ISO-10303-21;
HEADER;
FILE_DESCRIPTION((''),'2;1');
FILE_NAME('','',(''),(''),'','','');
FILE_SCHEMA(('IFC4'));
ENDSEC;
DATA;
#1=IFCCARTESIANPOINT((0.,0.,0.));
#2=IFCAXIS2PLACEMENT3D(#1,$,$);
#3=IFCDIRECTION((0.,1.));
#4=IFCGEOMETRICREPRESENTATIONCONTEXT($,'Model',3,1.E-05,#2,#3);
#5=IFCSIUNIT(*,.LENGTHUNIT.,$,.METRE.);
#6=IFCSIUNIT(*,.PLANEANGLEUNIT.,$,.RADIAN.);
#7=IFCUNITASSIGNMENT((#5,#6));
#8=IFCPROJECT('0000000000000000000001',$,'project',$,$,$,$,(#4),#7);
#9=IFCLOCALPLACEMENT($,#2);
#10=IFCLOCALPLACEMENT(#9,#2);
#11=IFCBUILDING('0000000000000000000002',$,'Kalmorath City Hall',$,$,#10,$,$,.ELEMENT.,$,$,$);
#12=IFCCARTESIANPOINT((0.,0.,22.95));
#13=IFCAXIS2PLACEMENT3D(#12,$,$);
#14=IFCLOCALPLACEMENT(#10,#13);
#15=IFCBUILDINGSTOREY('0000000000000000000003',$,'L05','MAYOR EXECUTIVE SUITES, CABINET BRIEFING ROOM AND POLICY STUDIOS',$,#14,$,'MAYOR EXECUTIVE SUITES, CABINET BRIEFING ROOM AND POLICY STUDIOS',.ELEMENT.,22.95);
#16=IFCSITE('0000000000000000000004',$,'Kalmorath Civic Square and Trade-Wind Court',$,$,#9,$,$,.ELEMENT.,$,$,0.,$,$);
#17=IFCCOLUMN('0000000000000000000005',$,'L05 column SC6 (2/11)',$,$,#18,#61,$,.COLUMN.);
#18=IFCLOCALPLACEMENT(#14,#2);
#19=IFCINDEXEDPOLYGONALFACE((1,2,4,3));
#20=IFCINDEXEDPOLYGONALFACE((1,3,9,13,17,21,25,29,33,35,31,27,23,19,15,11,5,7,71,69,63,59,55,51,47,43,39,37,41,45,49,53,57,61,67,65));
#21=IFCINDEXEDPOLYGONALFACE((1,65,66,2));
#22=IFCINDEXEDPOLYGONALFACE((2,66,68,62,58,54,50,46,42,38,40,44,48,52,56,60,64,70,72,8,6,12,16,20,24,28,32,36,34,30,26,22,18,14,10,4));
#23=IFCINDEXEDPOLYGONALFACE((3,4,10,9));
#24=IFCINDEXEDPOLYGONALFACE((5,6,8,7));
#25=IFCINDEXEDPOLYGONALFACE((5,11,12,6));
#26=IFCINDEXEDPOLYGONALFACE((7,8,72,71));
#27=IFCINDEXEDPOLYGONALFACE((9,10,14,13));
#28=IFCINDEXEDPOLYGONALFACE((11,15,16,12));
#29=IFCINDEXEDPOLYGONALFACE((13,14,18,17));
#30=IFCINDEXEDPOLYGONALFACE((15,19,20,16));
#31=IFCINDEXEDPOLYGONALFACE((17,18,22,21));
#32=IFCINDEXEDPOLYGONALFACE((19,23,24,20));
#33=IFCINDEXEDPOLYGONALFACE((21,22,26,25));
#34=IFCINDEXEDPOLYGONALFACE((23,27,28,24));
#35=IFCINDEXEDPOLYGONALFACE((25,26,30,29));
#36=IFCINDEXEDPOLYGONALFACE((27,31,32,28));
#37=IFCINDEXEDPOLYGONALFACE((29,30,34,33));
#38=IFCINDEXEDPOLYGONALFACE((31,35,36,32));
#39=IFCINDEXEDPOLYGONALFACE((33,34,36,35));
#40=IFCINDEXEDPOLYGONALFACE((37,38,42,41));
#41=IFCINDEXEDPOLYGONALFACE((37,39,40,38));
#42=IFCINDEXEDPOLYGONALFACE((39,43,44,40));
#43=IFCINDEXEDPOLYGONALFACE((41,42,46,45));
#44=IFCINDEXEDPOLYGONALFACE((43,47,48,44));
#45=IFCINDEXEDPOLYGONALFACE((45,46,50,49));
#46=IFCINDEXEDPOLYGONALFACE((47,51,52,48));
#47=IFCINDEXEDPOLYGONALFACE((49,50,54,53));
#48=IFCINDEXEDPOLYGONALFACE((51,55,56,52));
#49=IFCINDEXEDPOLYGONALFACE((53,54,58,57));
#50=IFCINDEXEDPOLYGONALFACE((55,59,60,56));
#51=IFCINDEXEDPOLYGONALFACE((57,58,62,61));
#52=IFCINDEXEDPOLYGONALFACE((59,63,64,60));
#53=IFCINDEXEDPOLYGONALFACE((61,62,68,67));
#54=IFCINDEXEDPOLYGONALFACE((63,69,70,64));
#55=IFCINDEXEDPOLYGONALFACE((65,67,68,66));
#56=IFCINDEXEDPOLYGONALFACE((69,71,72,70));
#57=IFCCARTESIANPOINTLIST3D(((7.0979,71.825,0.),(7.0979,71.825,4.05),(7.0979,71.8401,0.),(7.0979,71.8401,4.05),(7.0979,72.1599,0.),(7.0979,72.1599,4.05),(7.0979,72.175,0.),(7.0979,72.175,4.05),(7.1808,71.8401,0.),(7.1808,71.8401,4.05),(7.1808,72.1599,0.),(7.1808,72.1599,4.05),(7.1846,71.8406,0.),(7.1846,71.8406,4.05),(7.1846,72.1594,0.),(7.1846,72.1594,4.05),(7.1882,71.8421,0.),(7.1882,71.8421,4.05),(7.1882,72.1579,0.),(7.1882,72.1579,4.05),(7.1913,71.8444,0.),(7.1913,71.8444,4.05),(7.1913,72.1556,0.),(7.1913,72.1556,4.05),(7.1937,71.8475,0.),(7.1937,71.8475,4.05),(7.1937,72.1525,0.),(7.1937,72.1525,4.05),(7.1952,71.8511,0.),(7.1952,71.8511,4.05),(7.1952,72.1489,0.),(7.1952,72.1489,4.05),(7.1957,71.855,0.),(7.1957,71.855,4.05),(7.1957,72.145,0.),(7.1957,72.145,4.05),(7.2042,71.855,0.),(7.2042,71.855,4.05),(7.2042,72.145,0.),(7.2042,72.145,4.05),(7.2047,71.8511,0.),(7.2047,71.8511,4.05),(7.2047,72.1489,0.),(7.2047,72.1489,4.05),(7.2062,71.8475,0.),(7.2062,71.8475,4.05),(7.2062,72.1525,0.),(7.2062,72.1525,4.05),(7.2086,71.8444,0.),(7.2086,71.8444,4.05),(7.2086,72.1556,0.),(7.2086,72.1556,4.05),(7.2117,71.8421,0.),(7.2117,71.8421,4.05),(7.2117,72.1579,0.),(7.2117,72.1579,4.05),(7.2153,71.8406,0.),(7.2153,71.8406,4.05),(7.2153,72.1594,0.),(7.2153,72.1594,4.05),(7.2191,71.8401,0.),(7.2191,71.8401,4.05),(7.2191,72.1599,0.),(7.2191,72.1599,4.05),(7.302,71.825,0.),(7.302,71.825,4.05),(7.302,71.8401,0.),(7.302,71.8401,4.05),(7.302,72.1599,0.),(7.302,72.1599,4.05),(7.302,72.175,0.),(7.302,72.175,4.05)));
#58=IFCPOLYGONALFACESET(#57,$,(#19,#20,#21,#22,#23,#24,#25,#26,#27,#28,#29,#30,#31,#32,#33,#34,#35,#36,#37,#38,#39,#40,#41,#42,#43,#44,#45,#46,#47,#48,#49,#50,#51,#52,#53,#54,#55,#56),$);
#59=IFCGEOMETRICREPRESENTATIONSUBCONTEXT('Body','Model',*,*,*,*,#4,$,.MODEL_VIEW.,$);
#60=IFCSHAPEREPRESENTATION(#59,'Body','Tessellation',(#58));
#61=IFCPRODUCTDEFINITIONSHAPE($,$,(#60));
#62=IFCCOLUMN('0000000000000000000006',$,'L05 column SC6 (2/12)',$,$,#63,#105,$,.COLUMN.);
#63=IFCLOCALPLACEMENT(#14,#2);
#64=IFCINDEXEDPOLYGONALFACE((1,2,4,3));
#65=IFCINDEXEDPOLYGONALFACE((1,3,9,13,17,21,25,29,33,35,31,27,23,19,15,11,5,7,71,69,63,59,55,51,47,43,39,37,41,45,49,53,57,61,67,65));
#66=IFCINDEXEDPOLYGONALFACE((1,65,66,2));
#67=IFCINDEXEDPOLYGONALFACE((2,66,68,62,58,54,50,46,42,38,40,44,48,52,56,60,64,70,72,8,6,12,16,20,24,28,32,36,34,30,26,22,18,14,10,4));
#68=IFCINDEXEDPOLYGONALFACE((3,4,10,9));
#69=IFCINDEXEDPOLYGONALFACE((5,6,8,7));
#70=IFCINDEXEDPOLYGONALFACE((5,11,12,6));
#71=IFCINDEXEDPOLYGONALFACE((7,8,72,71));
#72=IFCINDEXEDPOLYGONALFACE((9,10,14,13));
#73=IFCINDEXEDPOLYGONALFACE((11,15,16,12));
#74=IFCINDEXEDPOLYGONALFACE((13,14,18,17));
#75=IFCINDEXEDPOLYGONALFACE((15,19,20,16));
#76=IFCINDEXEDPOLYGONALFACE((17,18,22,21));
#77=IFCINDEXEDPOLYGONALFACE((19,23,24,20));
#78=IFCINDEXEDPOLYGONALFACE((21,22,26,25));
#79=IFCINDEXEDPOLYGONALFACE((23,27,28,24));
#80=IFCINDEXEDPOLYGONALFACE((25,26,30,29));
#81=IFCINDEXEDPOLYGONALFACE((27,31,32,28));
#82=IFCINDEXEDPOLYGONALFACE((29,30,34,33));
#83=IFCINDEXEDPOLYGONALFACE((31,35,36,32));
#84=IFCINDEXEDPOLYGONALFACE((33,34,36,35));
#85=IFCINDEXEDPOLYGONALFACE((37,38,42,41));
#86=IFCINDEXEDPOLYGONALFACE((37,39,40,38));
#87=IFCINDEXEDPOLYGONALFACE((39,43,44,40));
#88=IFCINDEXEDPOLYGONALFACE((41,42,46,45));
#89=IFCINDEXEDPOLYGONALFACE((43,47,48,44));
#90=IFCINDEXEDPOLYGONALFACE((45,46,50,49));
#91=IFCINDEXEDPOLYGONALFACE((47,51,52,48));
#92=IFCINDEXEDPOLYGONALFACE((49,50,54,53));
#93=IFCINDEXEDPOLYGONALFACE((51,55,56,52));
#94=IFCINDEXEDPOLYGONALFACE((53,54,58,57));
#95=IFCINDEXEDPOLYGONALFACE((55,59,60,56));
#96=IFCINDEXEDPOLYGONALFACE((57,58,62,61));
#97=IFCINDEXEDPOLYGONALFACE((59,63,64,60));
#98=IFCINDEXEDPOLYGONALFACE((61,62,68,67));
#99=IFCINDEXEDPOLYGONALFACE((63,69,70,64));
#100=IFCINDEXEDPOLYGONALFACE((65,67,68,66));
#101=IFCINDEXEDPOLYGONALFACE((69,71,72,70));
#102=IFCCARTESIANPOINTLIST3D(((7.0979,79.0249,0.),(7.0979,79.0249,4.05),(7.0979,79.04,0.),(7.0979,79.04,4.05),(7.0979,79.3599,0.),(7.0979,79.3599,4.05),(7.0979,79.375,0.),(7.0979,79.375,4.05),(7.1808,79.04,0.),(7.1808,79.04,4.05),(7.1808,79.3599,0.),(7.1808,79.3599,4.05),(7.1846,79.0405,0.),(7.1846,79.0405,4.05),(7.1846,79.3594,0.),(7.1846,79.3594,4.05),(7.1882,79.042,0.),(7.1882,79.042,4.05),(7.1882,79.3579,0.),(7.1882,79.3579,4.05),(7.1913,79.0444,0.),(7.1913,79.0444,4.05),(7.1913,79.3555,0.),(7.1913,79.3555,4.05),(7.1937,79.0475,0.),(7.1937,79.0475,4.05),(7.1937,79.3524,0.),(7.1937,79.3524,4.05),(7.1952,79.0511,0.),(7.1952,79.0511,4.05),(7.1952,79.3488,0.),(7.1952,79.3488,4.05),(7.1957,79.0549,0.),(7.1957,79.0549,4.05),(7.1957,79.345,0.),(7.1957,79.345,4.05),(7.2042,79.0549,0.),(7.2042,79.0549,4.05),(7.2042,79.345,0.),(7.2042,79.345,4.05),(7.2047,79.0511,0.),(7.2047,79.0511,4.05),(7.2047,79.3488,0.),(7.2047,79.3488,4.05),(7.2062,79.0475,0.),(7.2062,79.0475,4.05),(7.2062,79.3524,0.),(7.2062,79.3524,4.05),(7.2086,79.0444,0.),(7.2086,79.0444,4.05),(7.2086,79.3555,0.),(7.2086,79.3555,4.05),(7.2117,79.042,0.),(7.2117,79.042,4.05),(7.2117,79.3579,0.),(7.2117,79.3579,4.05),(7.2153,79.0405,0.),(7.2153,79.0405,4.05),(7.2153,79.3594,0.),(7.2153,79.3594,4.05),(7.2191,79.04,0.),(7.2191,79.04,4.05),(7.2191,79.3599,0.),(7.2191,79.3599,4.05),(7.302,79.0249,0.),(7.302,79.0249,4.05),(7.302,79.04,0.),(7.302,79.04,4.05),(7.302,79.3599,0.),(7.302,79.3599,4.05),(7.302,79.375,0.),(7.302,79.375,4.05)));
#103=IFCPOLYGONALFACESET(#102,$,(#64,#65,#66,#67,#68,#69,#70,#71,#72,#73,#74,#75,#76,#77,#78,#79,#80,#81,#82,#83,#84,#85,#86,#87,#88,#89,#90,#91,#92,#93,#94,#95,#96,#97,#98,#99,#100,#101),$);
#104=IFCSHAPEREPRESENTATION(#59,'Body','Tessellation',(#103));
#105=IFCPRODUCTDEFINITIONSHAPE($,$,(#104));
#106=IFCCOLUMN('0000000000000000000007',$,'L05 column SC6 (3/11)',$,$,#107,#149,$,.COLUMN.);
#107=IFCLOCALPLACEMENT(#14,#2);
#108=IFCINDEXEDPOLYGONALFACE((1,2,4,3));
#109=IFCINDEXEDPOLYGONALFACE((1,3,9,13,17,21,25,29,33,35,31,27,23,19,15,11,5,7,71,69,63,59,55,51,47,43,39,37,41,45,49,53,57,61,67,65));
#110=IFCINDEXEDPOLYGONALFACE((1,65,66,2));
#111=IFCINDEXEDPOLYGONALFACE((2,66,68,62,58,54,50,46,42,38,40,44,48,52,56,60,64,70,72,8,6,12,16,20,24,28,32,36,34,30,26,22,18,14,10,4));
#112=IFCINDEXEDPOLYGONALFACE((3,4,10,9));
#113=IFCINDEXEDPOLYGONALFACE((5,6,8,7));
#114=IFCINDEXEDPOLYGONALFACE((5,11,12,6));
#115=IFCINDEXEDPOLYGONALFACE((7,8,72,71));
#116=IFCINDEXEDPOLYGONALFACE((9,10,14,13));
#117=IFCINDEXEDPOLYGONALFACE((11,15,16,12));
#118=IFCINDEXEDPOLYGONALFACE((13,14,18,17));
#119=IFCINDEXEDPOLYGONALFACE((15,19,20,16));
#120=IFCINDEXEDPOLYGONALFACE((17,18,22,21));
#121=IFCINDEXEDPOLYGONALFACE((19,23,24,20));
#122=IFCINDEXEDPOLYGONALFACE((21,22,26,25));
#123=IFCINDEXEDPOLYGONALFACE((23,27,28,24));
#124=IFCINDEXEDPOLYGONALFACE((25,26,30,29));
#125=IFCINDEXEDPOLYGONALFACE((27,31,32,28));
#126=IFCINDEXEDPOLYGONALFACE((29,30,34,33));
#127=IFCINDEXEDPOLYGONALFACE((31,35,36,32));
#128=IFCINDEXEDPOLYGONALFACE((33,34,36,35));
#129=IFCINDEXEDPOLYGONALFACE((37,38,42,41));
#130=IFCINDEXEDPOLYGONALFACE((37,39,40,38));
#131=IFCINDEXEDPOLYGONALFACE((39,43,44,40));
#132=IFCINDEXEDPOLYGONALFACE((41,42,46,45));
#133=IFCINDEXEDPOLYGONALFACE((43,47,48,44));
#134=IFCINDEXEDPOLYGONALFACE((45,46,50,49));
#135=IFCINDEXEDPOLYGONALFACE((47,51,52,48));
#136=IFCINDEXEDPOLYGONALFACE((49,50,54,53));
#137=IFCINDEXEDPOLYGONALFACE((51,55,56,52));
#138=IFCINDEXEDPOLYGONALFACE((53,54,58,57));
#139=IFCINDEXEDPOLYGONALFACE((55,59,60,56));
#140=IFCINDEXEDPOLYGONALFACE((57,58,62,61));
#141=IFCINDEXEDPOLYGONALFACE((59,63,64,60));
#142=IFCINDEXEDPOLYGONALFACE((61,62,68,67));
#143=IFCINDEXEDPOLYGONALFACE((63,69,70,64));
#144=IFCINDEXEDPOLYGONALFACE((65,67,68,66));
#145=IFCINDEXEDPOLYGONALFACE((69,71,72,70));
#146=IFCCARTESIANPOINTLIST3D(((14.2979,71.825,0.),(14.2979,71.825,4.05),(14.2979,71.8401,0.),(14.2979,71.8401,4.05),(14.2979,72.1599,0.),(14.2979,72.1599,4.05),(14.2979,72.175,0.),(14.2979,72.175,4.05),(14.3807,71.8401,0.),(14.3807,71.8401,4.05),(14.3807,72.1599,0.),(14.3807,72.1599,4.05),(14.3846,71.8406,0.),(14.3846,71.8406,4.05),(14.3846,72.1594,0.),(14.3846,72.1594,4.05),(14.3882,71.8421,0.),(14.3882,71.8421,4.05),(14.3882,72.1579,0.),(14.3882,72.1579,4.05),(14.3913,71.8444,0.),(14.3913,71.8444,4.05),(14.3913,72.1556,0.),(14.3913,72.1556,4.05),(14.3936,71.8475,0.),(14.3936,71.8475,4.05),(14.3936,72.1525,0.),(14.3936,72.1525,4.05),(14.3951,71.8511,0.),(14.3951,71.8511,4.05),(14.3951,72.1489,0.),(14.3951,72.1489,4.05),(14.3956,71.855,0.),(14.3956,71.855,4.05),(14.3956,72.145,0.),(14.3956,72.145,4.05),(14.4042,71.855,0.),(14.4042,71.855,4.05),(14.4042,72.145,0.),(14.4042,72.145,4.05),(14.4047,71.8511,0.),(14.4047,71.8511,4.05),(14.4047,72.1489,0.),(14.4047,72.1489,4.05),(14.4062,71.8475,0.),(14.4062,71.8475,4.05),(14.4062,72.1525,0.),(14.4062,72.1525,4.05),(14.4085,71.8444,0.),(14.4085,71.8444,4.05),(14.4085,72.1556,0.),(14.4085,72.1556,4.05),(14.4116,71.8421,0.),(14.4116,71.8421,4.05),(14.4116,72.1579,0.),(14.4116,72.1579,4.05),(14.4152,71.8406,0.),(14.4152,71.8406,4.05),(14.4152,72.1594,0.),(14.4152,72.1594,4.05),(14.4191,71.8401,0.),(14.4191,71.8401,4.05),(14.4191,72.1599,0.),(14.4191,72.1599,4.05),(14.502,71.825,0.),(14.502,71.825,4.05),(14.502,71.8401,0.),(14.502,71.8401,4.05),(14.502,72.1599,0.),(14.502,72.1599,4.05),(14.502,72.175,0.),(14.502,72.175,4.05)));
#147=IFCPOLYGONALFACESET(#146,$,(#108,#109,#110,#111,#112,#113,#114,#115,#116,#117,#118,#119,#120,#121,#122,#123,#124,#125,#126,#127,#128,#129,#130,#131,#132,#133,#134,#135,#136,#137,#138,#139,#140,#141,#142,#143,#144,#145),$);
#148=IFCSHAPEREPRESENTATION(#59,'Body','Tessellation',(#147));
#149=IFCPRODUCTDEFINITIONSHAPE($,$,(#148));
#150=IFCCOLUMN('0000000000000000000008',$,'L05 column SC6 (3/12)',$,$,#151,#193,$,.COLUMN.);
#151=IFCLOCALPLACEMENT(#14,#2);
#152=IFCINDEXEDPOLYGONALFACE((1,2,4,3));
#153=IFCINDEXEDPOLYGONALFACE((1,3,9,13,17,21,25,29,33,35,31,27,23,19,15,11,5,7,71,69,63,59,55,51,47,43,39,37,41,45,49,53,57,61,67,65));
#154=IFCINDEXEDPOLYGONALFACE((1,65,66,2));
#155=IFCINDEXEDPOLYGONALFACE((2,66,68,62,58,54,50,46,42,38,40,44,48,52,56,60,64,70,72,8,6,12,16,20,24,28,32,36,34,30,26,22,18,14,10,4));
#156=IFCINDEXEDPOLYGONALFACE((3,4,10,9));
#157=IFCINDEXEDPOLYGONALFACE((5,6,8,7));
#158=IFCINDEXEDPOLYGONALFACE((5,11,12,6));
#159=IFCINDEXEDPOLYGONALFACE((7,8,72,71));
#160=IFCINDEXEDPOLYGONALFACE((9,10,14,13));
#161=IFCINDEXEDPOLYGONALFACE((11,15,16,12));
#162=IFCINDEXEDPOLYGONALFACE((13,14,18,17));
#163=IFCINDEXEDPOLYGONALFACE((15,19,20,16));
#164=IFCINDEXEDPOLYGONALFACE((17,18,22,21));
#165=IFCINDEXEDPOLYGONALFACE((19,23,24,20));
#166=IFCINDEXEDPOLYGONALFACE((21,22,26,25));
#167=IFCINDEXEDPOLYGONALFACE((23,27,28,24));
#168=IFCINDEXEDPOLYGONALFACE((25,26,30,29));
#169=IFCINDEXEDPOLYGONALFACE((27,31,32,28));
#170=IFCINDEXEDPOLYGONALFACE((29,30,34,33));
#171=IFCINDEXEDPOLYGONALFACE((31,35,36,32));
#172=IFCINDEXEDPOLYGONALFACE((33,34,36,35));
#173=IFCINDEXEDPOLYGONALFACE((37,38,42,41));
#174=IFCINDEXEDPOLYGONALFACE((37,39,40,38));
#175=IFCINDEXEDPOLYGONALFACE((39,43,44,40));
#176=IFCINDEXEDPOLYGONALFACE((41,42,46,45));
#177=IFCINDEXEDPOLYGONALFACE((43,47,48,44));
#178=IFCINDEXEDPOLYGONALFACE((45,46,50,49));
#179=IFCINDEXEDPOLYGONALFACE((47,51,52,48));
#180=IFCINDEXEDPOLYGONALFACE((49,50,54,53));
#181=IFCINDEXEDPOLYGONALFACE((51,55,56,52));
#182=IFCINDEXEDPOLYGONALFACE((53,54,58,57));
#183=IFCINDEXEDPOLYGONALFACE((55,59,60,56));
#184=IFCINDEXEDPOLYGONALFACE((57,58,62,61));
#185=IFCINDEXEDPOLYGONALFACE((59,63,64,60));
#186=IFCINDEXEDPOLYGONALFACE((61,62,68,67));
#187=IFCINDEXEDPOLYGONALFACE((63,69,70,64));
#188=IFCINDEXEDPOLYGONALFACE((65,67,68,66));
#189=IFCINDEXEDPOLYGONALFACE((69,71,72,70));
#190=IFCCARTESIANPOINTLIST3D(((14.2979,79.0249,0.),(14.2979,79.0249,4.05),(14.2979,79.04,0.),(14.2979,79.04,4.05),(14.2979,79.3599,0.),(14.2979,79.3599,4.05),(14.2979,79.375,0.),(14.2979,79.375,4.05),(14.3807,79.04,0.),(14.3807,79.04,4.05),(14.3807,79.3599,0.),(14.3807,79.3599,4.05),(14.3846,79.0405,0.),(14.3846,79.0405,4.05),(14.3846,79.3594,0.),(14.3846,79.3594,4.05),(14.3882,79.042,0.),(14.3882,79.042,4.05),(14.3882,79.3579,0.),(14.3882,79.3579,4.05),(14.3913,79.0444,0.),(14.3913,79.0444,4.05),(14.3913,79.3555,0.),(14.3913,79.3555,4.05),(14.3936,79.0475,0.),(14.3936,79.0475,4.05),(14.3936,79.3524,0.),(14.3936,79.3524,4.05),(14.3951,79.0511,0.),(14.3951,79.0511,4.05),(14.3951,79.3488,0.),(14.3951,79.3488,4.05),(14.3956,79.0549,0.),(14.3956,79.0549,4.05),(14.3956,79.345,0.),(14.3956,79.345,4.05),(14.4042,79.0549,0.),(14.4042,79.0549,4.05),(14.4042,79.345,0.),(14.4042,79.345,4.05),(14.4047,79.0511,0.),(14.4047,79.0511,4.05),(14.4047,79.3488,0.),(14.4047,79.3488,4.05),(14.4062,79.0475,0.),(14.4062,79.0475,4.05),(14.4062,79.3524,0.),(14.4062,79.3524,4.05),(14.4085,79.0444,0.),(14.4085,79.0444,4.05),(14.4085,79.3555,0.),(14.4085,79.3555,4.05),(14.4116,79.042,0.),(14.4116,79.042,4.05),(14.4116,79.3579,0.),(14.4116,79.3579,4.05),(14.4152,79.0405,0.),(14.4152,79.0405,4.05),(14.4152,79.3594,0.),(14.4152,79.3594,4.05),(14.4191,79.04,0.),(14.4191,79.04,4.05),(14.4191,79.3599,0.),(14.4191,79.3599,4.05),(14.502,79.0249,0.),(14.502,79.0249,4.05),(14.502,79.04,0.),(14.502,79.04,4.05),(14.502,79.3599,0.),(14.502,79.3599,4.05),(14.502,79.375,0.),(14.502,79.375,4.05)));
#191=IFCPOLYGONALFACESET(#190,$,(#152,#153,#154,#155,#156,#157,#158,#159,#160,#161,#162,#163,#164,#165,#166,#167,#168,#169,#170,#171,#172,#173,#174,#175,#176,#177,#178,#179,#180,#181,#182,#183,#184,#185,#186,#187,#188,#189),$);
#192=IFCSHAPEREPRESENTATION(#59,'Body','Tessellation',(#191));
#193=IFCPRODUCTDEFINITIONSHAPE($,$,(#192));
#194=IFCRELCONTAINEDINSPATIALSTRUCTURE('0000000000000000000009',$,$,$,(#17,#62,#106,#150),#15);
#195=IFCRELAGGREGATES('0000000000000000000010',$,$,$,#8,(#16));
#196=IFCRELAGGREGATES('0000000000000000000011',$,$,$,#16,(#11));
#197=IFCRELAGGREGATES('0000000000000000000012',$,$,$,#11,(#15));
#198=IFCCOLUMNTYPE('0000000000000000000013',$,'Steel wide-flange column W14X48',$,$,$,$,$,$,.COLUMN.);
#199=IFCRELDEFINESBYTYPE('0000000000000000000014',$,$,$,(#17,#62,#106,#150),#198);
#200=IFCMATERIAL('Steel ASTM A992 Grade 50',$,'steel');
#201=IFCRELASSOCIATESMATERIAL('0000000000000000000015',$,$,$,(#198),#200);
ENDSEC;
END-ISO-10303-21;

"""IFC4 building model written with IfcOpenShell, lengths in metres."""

from ifc_helpers import new_model, si_unit, direction, frame, origin, origin_2d, place, context, subcontext, project, spatial, i_section, extrude, material, material_profile, profile_set, type_object, element, save


model = new_model("IFC4")

# Units and contexts
model_context = context("Model", 3, precision=1e-05, world=origin(), true_north=direction((0.0, 1.0)))
body_context = subcontext(model_context, "Body", "Model", "MODEL_VIEW")
ifc_project = project(units=[si_unit("LENGTHUNIT", "METRE"), si_unit("PLANEANGLEUNIT", "RADIAN")], contexts=[model_context])

# Site, building, storey
site_placement = place(None, origin())
site = spatial("IfcSite", under=ifc_project, at=site_placement, Name="Kalmorath Civic Square and Trade-Wind Court", CompositionType="ELEMENT", RefElevation=0.0)
building_placement = place(site_placement, origin())
building = spatial("IfcBuilding", under=site, at=building_placement, Name="Kalmorath City Hall", CompositionType="ELEMENT")
storey_placement = place(building_placement, frame((0.0, 0.0, 22.95)))
storey = spatial("IfcBuildingStorey", under=building, at=storey_placement, Name="L05", Description="MAYOR EXECUTIVE SUITES, CABINET BRIEFING ROOM AND POLICY STUDIOS", LongName="MAYOR EXECUTIVE SUITES, CABINET BRIEFING ROOM AND POLICY STUDIOS", CompositionType="ELEMENT", Elevation=22.95)

# Columns
ifc_material_1 = material(Name="Steel ASTM A992 Grade 50", Category="steel")
ifc_material_profile_1 = material_profile(ifc_material_1, i_section(OverallWidth=0.2041, OverallDepth=0.3501, WebThickness=0.0085, FlangeThickness=0.0151, FilletRadius=0.0149, at=origin_2d()), Name="W14X48")
ifc_profile_set_1 = profile_set([ifc_material_profile_1], Name="Steel ASTM A992 Grade 50")
column_type = type_object("IfcColumnType", Name="Steel wide-flange column W14X48", PredefinedType="COLUMN", material=ifc_profile_set_1)
for number, where, z_axis, x_axis, name in (
    (1, (7.2, 72.0, 0.0), (0.0, 0.0, 1.0), (1.0, 0.0, 0.0), "L05 column SC6 (2/11)"),
    (2, (7.2, 79.2, 0.0), (0.0, 0.0, 1.0), (1.0, 0.0, 0.0), "L05 column SC6 (2/12)"),
    (3, (14.3999, 72.0, 0.0), (0.0, 0.0, 1.0), (1.0, 0.0, 0.0), "L05 column SC6 (3/11)"),
    (4, (14.3999, 79.2, 0.0), (0.0, 0.0, 1.0), (1.0, 0.0, 0.0), "L05 column SC6 (3/12)"),
):
    element("IfcColumn", number, at=place(storey_placement, frame(where, z_axis=z_axis, x_axis=x_axis)), inside=storey, type_object=column_type, Name=name, PredefinedType="COLUMN", context=body_context, shape_type="SweptSolid", body=[
        extrude(i_section(OverallWidth=0.2041, OverallDepth=0.3501, WebThickness=0.0085, FlangeThickness=0.0151, FilletRadius=0.0149, at=origin_2d()), origin(), (0.0, 0.0, 1.0), 4.05),
    ])

save(model, "model.ifc")
